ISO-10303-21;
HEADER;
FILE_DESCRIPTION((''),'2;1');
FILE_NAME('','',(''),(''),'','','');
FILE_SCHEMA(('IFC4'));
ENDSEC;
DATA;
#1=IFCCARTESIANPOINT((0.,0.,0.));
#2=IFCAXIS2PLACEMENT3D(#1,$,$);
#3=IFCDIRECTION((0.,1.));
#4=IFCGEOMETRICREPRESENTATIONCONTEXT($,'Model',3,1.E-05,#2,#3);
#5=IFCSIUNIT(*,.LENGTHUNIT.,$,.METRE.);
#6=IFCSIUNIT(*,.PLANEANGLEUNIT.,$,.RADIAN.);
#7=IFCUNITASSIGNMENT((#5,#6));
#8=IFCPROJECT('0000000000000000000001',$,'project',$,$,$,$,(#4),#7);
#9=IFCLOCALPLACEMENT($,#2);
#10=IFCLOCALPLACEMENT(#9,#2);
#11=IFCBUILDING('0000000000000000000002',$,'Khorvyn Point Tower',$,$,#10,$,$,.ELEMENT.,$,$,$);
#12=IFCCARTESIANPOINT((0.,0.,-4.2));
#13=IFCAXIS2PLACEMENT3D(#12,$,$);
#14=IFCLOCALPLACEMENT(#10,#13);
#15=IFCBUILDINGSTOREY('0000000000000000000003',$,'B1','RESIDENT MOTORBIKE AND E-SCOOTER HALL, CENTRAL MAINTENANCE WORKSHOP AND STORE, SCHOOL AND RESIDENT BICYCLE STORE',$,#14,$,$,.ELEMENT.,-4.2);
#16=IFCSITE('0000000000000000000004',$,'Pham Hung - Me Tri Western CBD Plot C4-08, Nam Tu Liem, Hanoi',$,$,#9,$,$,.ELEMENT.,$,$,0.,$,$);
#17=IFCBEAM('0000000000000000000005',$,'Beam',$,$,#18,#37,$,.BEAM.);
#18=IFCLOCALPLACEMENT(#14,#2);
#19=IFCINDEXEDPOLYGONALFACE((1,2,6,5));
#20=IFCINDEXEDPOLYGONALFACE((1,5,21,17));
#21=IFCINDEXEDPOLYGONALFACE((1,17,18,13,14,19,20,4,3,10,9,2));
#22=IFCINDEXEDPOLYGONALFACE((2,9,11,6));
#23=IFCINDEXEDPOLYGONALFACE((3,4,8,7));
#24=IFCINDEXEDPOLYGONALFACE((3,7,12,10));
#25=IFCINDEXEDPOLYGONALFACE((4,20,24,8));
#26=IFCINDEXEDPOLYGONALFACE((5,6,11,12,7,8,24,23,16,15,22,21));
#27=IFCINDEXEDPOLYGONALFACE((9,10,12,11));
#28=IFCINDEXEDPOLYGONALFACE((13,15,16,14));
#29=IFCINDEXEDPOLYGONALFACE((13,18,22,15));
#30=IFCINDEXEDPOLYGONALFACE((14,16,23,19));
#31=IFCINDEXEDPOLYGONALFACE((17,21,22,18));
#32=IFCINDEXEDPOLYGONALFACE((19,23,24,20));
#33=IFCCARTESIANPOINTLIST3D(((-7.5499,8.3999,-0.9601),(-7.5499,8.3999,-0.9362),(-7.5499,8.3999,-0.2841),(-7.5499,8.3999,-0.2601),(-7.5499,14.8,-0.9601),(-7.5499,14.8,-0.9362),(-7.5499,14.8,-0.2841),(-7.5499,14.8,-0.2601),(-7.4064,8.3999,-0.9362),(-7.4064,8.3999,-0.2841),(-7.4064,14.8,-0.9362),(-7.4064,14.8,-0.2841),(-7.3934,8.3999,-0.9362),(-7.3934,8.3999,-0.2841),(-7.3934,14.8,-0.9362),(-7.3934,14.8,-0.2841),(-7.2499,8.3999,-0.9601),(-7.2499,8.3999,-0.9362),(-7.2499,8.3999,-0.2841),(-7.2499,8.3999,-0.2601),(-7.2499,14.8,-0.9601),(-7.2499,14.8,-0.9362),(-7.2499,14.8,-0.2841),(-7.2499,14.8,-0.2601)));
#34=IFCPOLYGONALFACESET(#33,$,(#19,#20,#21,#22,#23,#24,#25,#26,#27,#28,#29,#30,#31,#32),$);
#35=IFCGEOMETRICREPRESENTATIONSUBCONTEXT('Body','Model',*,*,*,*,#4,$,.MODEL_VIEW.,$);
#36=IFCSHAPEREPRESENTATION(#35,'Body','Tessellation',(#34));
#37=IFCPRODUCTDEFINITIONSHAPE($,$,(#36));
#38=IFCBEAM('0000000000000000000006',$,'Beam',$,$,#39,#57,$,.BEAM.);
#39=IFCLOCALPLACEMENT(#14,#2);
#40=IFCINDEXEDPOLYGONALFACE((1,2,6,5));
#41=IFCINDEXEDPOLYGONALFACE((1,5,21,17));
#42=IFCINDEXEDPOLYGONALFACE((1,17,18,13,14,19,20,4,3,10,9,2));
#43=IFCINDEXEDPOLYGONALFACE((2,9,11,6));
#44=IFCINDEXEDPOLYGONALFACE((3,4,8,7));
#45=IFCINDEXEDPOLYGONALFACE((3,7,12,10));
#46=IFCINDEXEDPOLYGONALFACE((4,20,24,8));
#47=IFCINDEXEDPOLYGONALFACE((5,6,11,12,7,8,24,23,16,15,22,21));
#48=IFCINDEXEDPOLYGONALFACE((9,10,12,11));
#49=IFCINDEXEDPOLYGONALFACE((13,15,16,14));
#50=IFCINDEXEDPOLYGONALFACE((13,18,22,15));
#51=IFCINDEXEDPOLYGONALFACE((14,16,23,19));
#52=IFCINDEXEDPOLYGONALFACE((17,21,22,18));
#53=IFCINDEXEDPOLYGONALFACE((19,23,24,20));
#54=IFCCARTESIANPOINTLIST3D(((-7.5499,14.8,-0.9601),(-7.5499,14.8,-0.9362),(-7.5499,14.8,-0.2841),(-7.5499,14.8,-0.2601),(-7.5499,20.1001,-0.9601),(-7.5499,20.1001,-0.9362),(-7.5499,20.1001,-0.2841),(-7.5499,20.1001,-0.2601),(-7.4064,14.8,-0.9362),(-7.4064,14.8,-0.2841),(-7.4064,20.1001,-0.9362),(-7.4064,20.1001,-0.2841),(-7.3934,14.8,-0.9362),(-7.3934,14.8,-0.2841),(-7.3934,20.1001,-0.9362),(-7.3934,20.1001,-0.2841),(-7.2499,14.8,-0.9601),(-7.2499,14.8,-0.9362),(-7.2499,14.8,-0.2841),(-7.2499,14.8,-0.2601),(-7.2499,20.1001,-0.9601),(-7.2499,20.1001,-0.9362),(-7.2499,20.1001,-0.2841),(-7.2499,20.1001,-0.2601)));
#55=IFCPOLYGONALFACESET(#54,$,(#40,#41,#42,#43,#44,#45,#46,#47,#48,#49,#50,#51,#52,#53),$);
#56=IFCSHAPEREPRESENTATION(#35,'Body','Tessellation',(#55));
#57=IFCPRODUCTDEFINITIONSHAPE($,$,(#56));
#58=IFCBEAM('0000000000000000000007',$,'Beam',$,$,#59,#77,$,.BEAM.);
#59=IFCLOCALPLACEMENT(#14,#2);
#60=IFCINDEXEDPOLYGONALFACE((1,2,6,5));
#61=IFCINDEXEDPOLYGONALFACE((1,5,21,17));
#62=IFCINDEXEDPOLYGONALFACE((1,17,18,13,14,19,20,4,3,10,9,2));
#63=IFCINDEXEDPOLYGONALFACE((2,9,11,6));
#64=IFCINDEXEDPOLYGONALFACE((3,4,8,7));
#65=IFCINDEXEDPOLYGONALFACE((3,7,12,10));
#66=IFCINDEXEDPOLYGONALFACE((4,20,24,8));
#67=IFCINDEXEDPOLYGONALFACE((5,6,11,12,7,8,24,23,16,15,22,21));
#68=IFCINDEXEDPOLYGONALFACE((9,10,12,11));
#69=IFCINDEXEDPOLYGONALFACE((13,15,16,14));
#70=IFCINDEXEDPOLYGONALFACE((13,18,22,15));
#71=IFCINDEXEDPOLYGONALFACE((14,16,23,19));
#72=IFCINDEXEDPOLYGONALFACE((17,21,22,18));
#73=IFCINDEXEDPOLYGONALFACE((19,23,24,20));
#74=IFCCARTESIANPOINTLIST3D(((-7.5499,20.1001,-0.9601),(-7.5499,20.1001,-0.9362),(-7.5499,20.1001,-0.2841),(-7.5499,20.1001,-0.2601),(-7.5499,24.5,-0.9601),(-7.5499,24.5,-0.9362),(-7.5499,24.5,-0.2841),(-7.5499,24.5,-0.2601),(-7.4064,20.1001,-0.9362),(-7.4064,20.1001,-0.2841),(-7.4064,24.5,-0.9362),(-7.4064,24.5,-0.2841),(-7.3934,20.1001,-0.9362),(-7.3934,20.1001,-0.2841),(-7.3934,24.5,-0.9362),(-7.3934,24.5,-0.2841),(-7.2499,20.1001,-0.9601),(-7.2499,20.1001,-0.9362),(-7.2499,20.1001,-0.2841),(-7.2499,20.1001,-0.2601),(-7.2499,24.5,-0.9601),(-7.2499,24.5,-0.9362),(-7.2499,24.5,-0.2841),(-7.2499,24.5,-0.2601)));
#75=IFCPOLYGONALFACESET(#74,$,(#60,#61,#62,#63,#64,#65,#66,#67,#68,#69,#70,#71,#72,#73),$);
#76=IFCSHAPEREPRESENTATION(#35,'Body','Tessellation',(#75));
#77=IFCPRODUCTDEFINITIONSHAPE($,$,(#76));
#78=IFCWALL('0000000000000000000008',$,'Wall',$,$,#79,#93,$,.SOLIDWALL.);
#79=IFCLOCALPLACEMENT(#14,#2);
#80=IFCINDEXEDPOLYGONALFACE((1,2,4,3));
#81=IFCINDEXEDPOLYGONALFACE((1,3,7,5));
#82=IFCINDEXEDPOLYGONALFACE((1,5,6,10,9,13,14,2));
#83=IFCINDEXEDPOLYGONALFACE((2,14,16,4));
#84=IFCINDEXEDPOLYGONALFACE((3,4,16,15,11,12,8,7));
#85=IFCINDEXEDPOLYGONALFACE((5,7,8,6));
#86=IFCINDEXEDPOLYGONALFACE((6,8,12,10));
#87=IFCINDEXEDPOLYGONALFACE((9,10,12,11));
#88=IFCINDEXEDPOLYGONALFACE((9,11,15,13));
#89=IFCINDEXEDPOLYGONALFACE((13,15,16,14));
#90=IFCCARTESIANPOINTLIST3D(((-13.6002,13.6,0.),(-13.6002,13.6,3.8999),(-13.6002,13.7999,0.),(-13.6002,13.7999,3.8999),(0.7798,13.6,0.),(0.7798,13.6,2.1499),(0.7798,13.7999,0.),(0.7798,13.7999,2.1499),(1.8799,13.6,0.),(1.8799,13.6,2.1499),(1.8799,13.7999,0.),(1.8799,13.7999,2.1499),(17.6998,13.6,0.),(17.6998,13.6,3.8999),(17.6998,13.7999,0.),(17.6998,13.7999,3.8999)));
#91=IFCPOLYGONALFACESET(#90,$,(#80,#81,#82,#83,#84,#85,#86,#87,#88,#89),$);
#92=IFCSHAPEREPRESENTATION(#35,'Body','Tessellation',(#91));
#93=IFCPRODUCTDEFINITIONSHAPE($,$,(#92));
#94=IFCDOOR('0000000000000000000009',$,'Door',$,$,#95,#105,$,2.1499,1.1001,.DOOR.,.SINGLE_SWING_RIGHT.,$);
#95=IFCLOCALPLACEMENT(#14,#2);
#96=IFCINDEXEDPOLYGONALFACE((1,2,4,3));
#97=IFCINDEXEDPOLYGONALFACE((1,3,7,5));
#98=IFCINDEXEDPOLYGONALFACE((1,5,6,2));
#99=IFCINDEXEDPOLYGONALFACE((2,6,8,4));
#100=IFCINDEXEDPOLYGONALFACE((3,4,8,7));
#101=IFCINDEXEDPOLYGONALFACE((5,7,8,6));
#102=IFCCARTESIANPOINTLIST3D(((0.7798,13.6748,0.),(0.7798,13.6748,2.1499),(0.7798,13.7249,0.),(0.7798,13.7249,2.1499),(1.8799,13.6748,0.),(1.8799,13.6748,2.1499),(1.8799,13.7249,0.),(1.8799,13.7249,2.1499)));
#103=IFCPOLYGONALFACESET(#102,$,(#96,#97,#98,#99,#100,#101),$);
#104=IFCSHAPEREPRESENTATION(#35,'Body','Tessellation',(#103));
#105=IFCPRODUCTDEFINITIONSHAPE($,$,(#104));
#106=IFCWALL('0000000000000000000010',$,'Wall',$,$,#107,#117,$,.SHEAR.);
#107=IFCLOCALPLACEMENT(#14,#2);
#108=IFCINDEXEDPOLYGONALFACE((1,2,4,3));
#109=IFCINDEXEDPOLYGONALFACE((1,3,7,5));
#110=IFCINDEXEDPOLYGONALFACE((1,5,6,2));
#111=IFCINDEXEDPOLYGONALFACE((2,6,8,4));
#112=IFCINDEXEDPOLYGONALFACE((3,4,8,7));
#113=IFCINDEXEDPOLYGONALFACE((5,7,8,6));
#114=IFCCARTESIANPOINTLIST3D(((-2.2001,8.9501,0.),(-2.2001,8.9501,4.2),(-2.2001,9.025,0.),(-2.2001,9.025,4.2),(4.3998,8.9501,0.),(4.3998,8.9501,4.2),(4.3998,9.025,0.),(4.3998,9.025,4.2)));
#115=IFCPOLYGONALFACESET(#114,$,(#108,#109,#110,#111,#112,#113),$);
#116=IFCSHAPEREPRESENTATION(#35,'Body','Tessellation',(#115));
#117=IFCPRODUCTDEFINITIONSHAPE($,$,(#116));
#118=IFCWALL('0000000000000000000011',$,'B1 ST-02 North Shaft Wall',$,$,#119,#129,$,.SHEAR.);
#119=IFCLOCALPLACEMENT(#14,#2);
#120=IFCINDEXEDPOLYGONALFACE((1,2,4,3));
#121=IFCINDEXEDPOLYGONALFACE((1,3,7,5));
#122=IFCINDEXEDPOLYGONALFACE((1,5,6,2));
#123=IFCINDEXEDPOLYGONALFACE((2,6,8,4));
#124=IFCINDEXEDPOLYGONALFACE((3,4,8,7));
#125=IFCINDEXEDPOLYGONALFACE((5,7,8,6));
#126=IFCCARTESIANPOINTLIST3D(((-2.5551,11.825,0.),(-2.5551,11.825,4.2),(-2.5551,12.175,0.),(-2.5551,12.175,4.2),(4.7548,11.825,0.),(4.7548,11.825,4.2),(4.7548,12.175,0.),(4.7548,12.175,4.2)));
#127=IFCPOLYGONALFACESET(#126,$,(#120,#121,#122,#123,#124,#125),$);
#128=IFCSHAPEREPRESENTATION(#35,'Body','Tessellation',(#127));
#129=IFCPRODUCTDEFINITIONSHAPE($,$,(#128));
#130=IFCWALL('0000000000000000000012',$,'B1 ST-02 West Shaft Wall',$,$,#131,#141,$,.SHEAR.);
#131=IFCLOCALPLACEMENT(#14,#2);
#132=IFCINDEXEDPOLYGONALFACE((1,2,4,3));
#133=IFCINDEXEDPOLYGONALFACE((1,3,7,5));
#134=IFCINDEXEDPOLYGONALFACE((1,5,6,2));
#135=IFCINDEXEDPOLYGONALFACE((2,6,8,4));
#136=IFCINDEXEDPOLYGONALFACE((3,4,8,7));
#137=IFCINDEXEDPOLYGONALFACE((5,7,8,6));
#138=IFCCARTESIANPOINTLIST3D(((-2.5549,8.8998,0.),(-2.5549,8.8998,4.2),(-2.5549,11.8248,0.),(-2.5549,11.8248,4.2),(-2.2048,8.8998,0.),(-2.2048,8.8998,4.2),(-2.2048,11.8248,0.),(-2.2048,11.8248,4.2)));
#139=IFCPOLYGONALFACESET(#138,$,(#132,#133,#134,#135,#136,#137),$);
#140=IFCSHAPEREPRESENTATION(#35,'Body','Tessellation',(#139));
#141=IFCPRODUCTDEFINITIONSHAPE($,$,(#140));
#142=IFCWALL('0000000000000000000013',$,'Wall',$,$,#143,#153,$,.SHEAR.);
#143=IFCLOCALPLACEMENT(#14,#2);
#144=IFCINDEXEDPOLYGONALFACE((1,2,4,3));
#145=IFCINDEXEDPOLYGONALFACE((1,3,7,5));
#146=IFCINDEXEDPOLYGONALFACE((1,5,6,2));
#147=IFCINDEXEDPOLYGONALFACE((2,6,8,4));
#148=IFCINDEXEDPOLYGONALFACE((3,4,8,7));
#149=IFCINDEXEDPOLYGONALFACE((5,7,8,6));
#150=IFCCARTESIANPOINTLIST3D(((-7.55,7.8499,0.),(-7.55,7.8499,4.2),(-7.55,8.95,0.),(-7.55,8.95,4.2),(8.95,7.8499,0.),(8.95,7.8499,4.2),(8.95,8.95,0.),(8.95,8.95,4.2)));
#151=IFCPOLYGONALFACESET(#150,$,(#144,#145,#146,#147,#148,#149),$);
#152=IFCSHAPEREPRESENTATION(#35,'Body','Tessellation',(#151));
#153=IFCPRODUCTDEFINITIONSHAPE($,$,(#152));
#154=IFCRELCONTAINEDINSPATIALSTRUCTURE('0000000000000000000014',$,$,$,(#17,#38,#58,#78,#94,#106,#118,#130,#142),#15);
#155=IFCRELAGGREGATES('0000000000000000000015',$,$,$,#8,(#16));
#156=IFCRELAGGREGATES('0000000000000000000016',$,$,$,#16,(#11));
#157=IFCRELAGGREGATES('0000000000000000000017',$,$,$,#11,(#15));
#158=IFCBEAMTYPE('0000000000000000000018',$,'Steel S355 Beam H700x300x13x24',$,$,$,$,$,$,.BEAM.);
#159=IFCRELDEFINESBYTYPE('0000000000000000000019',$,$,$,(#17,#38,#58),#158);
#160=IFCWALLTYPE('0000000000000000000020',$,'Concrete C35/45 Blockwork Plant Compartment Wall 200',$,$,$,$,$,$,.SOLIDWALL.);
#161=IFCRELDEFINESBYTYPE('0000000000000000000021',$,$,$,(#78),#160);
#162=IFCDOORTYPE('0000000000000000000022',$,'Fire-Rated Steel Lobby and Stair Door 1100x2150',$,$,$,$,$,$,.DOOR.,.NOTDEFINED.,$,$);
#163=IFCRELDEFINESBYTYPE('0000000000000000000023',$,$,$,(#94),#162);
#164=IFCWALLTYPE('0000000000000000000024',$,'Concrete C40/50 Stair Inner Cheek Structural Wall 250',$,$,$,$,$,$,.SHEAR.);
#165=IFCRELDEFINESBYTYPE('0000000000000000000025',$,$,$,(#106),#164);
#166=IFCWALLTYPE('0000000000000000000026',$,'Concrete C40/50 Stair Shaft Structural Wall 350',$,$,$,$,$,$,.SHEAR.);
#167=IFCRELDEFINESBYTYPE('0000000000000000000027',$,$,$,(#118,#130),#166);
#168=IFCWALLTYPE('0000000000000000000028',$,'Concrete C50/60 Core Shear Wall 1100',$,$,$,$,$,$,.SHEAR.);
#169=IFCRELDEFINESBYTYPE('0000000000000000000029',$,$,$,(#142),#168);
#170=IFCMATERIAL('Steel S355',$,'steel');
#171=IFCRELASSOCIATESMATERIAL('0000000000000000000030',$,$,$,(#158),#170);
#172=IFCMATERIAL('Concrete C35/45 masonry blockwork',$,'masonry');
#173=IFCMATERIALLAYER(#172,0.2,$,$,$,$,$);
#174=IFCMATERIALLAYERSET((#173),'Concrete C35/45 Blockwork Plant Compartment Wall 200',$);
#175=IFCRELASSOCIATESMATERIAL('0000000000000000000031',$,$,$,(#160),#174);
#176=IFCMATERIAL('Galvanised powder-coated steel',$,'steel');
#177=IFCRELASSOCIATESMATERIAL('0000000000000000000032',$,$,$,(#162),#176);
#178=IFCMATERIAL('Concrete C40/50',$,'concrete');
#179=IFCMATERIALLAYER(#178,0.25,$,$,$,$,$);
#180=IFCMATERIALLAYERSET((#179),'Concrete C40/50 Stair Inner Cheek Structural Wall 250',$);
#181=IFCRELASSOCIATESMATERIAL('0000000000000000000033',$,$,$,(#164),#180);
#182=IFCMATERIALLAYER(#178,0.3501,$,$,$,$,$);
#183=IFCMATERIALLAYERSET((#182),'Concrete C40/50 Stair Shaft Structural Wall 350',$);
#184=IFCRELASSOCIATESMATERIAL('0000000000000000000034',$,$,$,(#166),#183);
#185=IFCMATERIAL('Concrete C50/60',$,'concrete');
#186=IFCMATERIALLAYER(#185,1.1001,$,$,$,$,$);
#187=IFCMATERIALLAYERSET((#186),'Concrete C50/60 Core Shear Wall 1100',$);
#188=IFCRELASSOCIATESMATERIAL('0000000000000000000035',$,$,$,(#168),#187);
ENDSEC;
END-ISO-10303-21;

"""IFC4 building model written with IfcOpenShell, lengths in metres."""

from ifc_helpers import new_model, si_unit, direction, frame, frame_2d, origin, origin_2d, place, context, subcontext, project, spatial, rectangle, i_section, extrude, material, layer, layer_set, material_profile, profile_set, type_object, element, fill, save


model = new_model("IFC4")

# Units and contexts
model_context = context("Model", 3, precision=1e-05, world=origin(), true_north=direction((0.0, 1.0)))
body_context = subcontext(model_context, "Body", "Model", "MODEL_VIEW")
ifc_project = project(units=[si_unit("LENGTHUNIT", "METRE"), si_unit("PLANEANGLEUNIT", "RADIAN")], contexts=[model_context])

# Site, building, storey
site_placement = place(None, origin())
site = spatial("IfcSite", under=ifc_project, at=site_placement, Name="Pham Hung - Me Tri Western CBD Plot C4-08, Nam Tu Liem, Hanoi", CompositionType="ELEMENT", RefElevation=0.0)
building_placement = place(site_placement, origin())
building = spatial("IfcBuilding", under=site, at=building_placement, Name="Khorvyn Point Tower", CompositionType="ELEMENT")
storey_placement = place(building_placement, frame((0.0, 0.0, -4.2)))
storey = spatial("IfcBuildingStorey", under=building, at=storey_placement, Name="B1", Description="RESIDENT MOTORBIKE AND E-SCOOTER HALL, CENTRAL MAINTENANCE WORKSHOP AND STORE, SCHOOL AND RESIDENT BICYCLE STORE", CompositionType="ELEMENT", Elevation=-4.2)

# Shared definitions
ifc_material_1 = material(Name="Concrete C50/60", Category="concrete")

# Beams
ifc_material_2 = material(Name="Steel S355", Category="steel")
ifc_material_profile_1 = material_profile(ifc_material_2, i_section(OverallWidth=0.3, OverallDepth=0.7, WebThickness=0.0129, FlangeThickness=0.0239, at=origin_2d()))
ifc_profile_set_1 = profile_set([ifc_material_profile_1], Name="Steel S355 H700x300x13x24")
beam_type_1 = type_object("IfcBeamType", Name="Steel S355 Beam H700x300x13x24", PredefinedType="BEAM", material=ifc_profile_set_1)
beam_1_placement = place(storey_placement, frame((-7.3999, 8.3999, -0.6101), z_axis=(0.0, 1.0, 0.0), x_axis=(-1.0, 0.0, 0.0)))
element("IfcBeam", 1, at=beam_1_placement, inside=storey, type_object=beam_type_1, Name="Beam", PredefinedType="BEAM", context=body_context, shape_type="SweptSolid", body=[
    extrude(i_section(OverallWidth=0.3, OverallDepth=0.7, WebThickness=0.0129, FlangeThickness=0.0239, at=origin_2d()), origin(), (0.0, 0.0, 1.0), 6.4001),
])
beam_2_placement = place(storey_placement, frame((-7.3999, 14.8, -0.6101), z_axis=(0.0, 1.0, 0.0), x_axis=(-1.0, 0.0, 0.0)))
element("IfcBeam", 2, at=beam_2_placement, inside=storey, type_object=beam_type_1, Name="Beam", PredefinedType="BEAM", context=body_context, shape_type="SweptSolid", body=[
    extrude(i_section(OverallWidth=0.3, OverallDepth=0.7, WebThickness=0.0129, FlangeThickness=0.0239, at=origin_2d()), origin(), (0.0, 0.0, 1.0), 5.3),
])
beam_3_placement = place(storey_placement, frame((-7.3999, 20.1001, -0.6101), z_axis=(0.0, 1.0, 0.0), x_axis=(-1.0, 0.0, 0.0)))
element("IfcBeam", 3, at=beam_3_placement, inside=storey, type_object=beam_type_1, Name="Beam", PredefinedType="BEAM", context=body_context, shape_type="SweptSolid", body=[
    extrude(i_section(OverallWidth=0.3, OverallDepth=0.7, WebThickness=0.0129, FlangeThickness=0.0239, at=origin_2d()), origin(), (0.0, 0.0, 1.0), 4.3999),
])

# Wall, opening, door
ifc_material_3 = material(Name="Concrete C35/45 masonry blockwork", Category="masonry")
ifc_layer_1 = layer(ifc_material_3, 0.2)
ifc_layer_set_1 = layer_set([ifc_layer_1], Name="Concrete C35/45 Blockwork Plant Compartment Wall 200")
wall_type_1 = type_object("IfcWallType", Name="Concrete C35/45 Blockwork Plant Compartment Wall 200", PredefinedType="SOLIDWALL", material=ifc_layer_set_1)
wall_1_placement = place(storey_placement, frame((-13.6001, 13.7, 0.0), z_axis=(0.0, 0.0, 1.0), x_axis=(1.0, 0.0, 0.0)))
wall_1 = element("IfcWall", 4, at=wall_1_placement, inside=storey, type_object=wall_type_1, Name="Wall", PredefinedType="SOLIDWALL", context=body_context, shape_type="SweptSolid", body=[
    extrude(rectangle(XDim=31.3, YDim=0.2, at=frame_2d((15.6499, 0.0))), origin(), (0.0, 0.0, 1.0), 3.8999),
])
opening_1_placement = place(wall_1_placement, frame((14.3799, 0.0, 0.0)))
opening_1 = element("IfcOpeningElement", 5, at=opening_1_placement, cuts=wall_1, PredefinedType="OPENING", context=body_context, shape_type="SweptSolid", body=[
    extrude(rectangle(XDim=1.1001, YDim=2.1499, at=frame_2d((0.55, 1.075))), frame((0.0, 0.1099, 0.0), z_axis=(0.0, -1.0, 0.0), x_axis=(1.0, 0.0, 0.0)), (0.0, 0.0, 1.0), 0.22),
])
ifc_material_4 = material(Name="Galvanised powder-coated steel", Category="steel")
door_type = type_object("IfcDoorType", Name="Fire-Rated Steel Lobby and Stair Door 1100x2150", OperationType="NOTDEFINED", PredefinedType="DOOR", material=ifc_material_4)
door_1_placement = place(opening_1_placement, origin())
door_1 = element("IfcDoor", 6, at=door_1_placement, inside=storey, type_object=door_type, Name="Door", OperationType="SINGLE_SWING_RIGHT", OverallHeight=2.1499, OverallWidth=1.1001, PredefinedType="DOOR", context=body_context, shape_type="SweptSolid", body=[
    extrude(rectangle(XDim=1.1001, YDim=2.1499, at=frame_2d((0.55, 1.075))), frame((0.0, 0.0249, 0.0), z_axis=(0.0, -1.0, 0.0), x_axis=(1.0, 0.0, 0.0)), (0.0, 0.0, 1.0), 0.05),
])
fill(opening_1, door_1)
ifc_material_5 = material(Name="Concrete C40/50", Category="concrete")

# Walls
ifc_layer_2 = layer(ifc_material_5, 0.25)
ifc_layer_set_2 = layer_set([ifc_layer_2], Name="Concrete C40/50 Stair Inner Cheek Structural Wall 250")
wall_type_2 = type_object("IfcWallType", Name="Concrete C40/50 Stair Inner Cheek Structural Wall 250", PredefinedType="SHEAR", material=ifc_layer_set_2)
wall_2_placement = place(storey_placement, frame((-2.2, 8.9875, 0.0), z_axis=(0.0, 0.0, 1.0), x_axis=(1.0, 0.0, 0.0)))
element("IfcWall", 7, at=wall_2_placement, inside=storey, type_object=wall_type_2, Name="Wall", PredefinedType="SHEAR", context=body_context, shape_type="SweptSolid", body=[
    extrude(rectangle(XDim=6.5999, YDim=0.075, at=frame_2d((3.2998, 0.0))), origin(), (0.0, 0.0, 1.0), 4.2),
])
ifc_layer_3 = layer(ifc_material_5, 0.3501)
ifc_layer_set_3 = layer_set([ifc_layer_3], Name="Concrete C40/50 Stair Shaft Structural Wall 350")
wall_type_3 = type_object("IfcWallType", Name="Concrete C40/50 Stair Shaft Structural Wall 350", PredefinedType="SHEAR", material=ifc_layer_set_3)
wall_3_placement = place(storey_placement, frame((-2.5549, 12.0, 0.0), z_axis=(0.0, 0.0, 1.0), x_axis=(1.0, 0.0, 0.0)))
element("IfcWall", 8, at=wall_3_placement, inside=storey, type_object=wall_type_3, Name="B1 ST-02 North Shaft Wall", PredefinedType="SHEAR", context=body_context, shape_type="SweptSolid", body=[
    extrude(rectangle(XDim=7.3098, YDim=0.3501, at=frame_2d((3.6548, 0.0))), origin(), (0.0, 0.0, 1.0), 4.2),
])
wall_4_placement = place(storey_placement, frame((-2.3799, 8.8999, 0.0), z_axis=(0.0, 0.0, 1.0), x_axis=(0.0, 1.0, 0.0)))
element("IfcWall", 9, at=wall_4_placement, inside=storey, type_object=wall_type_3, Name="B1 ST-02 West Shaft Wall", PredefinedType="SHEAR", context=body_context, shape_type="SweptSolid", body=[
    extrude(rectangle(XDim=2.925, YDim=0.3501, at=frame_2d((1.4624, 0.0))), origin(), (0.0, 0.0, 1.0), 4.2),
])
ifc_layer_4 = layer(ifc_material_1, 1.1001)
ifc_layer_set_4 = layer_set([ifc_layer_4], Name="Concrete C50/60 Core Shear Wall 1100")
wall_type_4 = type_object("IfcWallType", Name="Concrete C50/60 Core Shear Wall 1100", PredefinedType="SHEAR", material=ifc_layer_set_4)
wall_5_placement = place(storey_placement, frame((-7.55, 8.3999, 0.0), z_axis=(0.0, 0.0, 1.0), x_axis=(1.0, 0.0, 0.0)))
element("IfcWall", 10, at=wall_5_placement, inside=storey, type_object=wall_type_4, Name="Wall", PredefinedType="SHEAR", context=body_context, shape_type="SweptSolid", body=[
    extrude(rectangle(XDim=16.5, YDim=1.1001, at=frame_2d((8.25, 0.0))), origin(), (0.0, 0.0, 1.0), 4.2),
])

save(model, "model.ifc")
